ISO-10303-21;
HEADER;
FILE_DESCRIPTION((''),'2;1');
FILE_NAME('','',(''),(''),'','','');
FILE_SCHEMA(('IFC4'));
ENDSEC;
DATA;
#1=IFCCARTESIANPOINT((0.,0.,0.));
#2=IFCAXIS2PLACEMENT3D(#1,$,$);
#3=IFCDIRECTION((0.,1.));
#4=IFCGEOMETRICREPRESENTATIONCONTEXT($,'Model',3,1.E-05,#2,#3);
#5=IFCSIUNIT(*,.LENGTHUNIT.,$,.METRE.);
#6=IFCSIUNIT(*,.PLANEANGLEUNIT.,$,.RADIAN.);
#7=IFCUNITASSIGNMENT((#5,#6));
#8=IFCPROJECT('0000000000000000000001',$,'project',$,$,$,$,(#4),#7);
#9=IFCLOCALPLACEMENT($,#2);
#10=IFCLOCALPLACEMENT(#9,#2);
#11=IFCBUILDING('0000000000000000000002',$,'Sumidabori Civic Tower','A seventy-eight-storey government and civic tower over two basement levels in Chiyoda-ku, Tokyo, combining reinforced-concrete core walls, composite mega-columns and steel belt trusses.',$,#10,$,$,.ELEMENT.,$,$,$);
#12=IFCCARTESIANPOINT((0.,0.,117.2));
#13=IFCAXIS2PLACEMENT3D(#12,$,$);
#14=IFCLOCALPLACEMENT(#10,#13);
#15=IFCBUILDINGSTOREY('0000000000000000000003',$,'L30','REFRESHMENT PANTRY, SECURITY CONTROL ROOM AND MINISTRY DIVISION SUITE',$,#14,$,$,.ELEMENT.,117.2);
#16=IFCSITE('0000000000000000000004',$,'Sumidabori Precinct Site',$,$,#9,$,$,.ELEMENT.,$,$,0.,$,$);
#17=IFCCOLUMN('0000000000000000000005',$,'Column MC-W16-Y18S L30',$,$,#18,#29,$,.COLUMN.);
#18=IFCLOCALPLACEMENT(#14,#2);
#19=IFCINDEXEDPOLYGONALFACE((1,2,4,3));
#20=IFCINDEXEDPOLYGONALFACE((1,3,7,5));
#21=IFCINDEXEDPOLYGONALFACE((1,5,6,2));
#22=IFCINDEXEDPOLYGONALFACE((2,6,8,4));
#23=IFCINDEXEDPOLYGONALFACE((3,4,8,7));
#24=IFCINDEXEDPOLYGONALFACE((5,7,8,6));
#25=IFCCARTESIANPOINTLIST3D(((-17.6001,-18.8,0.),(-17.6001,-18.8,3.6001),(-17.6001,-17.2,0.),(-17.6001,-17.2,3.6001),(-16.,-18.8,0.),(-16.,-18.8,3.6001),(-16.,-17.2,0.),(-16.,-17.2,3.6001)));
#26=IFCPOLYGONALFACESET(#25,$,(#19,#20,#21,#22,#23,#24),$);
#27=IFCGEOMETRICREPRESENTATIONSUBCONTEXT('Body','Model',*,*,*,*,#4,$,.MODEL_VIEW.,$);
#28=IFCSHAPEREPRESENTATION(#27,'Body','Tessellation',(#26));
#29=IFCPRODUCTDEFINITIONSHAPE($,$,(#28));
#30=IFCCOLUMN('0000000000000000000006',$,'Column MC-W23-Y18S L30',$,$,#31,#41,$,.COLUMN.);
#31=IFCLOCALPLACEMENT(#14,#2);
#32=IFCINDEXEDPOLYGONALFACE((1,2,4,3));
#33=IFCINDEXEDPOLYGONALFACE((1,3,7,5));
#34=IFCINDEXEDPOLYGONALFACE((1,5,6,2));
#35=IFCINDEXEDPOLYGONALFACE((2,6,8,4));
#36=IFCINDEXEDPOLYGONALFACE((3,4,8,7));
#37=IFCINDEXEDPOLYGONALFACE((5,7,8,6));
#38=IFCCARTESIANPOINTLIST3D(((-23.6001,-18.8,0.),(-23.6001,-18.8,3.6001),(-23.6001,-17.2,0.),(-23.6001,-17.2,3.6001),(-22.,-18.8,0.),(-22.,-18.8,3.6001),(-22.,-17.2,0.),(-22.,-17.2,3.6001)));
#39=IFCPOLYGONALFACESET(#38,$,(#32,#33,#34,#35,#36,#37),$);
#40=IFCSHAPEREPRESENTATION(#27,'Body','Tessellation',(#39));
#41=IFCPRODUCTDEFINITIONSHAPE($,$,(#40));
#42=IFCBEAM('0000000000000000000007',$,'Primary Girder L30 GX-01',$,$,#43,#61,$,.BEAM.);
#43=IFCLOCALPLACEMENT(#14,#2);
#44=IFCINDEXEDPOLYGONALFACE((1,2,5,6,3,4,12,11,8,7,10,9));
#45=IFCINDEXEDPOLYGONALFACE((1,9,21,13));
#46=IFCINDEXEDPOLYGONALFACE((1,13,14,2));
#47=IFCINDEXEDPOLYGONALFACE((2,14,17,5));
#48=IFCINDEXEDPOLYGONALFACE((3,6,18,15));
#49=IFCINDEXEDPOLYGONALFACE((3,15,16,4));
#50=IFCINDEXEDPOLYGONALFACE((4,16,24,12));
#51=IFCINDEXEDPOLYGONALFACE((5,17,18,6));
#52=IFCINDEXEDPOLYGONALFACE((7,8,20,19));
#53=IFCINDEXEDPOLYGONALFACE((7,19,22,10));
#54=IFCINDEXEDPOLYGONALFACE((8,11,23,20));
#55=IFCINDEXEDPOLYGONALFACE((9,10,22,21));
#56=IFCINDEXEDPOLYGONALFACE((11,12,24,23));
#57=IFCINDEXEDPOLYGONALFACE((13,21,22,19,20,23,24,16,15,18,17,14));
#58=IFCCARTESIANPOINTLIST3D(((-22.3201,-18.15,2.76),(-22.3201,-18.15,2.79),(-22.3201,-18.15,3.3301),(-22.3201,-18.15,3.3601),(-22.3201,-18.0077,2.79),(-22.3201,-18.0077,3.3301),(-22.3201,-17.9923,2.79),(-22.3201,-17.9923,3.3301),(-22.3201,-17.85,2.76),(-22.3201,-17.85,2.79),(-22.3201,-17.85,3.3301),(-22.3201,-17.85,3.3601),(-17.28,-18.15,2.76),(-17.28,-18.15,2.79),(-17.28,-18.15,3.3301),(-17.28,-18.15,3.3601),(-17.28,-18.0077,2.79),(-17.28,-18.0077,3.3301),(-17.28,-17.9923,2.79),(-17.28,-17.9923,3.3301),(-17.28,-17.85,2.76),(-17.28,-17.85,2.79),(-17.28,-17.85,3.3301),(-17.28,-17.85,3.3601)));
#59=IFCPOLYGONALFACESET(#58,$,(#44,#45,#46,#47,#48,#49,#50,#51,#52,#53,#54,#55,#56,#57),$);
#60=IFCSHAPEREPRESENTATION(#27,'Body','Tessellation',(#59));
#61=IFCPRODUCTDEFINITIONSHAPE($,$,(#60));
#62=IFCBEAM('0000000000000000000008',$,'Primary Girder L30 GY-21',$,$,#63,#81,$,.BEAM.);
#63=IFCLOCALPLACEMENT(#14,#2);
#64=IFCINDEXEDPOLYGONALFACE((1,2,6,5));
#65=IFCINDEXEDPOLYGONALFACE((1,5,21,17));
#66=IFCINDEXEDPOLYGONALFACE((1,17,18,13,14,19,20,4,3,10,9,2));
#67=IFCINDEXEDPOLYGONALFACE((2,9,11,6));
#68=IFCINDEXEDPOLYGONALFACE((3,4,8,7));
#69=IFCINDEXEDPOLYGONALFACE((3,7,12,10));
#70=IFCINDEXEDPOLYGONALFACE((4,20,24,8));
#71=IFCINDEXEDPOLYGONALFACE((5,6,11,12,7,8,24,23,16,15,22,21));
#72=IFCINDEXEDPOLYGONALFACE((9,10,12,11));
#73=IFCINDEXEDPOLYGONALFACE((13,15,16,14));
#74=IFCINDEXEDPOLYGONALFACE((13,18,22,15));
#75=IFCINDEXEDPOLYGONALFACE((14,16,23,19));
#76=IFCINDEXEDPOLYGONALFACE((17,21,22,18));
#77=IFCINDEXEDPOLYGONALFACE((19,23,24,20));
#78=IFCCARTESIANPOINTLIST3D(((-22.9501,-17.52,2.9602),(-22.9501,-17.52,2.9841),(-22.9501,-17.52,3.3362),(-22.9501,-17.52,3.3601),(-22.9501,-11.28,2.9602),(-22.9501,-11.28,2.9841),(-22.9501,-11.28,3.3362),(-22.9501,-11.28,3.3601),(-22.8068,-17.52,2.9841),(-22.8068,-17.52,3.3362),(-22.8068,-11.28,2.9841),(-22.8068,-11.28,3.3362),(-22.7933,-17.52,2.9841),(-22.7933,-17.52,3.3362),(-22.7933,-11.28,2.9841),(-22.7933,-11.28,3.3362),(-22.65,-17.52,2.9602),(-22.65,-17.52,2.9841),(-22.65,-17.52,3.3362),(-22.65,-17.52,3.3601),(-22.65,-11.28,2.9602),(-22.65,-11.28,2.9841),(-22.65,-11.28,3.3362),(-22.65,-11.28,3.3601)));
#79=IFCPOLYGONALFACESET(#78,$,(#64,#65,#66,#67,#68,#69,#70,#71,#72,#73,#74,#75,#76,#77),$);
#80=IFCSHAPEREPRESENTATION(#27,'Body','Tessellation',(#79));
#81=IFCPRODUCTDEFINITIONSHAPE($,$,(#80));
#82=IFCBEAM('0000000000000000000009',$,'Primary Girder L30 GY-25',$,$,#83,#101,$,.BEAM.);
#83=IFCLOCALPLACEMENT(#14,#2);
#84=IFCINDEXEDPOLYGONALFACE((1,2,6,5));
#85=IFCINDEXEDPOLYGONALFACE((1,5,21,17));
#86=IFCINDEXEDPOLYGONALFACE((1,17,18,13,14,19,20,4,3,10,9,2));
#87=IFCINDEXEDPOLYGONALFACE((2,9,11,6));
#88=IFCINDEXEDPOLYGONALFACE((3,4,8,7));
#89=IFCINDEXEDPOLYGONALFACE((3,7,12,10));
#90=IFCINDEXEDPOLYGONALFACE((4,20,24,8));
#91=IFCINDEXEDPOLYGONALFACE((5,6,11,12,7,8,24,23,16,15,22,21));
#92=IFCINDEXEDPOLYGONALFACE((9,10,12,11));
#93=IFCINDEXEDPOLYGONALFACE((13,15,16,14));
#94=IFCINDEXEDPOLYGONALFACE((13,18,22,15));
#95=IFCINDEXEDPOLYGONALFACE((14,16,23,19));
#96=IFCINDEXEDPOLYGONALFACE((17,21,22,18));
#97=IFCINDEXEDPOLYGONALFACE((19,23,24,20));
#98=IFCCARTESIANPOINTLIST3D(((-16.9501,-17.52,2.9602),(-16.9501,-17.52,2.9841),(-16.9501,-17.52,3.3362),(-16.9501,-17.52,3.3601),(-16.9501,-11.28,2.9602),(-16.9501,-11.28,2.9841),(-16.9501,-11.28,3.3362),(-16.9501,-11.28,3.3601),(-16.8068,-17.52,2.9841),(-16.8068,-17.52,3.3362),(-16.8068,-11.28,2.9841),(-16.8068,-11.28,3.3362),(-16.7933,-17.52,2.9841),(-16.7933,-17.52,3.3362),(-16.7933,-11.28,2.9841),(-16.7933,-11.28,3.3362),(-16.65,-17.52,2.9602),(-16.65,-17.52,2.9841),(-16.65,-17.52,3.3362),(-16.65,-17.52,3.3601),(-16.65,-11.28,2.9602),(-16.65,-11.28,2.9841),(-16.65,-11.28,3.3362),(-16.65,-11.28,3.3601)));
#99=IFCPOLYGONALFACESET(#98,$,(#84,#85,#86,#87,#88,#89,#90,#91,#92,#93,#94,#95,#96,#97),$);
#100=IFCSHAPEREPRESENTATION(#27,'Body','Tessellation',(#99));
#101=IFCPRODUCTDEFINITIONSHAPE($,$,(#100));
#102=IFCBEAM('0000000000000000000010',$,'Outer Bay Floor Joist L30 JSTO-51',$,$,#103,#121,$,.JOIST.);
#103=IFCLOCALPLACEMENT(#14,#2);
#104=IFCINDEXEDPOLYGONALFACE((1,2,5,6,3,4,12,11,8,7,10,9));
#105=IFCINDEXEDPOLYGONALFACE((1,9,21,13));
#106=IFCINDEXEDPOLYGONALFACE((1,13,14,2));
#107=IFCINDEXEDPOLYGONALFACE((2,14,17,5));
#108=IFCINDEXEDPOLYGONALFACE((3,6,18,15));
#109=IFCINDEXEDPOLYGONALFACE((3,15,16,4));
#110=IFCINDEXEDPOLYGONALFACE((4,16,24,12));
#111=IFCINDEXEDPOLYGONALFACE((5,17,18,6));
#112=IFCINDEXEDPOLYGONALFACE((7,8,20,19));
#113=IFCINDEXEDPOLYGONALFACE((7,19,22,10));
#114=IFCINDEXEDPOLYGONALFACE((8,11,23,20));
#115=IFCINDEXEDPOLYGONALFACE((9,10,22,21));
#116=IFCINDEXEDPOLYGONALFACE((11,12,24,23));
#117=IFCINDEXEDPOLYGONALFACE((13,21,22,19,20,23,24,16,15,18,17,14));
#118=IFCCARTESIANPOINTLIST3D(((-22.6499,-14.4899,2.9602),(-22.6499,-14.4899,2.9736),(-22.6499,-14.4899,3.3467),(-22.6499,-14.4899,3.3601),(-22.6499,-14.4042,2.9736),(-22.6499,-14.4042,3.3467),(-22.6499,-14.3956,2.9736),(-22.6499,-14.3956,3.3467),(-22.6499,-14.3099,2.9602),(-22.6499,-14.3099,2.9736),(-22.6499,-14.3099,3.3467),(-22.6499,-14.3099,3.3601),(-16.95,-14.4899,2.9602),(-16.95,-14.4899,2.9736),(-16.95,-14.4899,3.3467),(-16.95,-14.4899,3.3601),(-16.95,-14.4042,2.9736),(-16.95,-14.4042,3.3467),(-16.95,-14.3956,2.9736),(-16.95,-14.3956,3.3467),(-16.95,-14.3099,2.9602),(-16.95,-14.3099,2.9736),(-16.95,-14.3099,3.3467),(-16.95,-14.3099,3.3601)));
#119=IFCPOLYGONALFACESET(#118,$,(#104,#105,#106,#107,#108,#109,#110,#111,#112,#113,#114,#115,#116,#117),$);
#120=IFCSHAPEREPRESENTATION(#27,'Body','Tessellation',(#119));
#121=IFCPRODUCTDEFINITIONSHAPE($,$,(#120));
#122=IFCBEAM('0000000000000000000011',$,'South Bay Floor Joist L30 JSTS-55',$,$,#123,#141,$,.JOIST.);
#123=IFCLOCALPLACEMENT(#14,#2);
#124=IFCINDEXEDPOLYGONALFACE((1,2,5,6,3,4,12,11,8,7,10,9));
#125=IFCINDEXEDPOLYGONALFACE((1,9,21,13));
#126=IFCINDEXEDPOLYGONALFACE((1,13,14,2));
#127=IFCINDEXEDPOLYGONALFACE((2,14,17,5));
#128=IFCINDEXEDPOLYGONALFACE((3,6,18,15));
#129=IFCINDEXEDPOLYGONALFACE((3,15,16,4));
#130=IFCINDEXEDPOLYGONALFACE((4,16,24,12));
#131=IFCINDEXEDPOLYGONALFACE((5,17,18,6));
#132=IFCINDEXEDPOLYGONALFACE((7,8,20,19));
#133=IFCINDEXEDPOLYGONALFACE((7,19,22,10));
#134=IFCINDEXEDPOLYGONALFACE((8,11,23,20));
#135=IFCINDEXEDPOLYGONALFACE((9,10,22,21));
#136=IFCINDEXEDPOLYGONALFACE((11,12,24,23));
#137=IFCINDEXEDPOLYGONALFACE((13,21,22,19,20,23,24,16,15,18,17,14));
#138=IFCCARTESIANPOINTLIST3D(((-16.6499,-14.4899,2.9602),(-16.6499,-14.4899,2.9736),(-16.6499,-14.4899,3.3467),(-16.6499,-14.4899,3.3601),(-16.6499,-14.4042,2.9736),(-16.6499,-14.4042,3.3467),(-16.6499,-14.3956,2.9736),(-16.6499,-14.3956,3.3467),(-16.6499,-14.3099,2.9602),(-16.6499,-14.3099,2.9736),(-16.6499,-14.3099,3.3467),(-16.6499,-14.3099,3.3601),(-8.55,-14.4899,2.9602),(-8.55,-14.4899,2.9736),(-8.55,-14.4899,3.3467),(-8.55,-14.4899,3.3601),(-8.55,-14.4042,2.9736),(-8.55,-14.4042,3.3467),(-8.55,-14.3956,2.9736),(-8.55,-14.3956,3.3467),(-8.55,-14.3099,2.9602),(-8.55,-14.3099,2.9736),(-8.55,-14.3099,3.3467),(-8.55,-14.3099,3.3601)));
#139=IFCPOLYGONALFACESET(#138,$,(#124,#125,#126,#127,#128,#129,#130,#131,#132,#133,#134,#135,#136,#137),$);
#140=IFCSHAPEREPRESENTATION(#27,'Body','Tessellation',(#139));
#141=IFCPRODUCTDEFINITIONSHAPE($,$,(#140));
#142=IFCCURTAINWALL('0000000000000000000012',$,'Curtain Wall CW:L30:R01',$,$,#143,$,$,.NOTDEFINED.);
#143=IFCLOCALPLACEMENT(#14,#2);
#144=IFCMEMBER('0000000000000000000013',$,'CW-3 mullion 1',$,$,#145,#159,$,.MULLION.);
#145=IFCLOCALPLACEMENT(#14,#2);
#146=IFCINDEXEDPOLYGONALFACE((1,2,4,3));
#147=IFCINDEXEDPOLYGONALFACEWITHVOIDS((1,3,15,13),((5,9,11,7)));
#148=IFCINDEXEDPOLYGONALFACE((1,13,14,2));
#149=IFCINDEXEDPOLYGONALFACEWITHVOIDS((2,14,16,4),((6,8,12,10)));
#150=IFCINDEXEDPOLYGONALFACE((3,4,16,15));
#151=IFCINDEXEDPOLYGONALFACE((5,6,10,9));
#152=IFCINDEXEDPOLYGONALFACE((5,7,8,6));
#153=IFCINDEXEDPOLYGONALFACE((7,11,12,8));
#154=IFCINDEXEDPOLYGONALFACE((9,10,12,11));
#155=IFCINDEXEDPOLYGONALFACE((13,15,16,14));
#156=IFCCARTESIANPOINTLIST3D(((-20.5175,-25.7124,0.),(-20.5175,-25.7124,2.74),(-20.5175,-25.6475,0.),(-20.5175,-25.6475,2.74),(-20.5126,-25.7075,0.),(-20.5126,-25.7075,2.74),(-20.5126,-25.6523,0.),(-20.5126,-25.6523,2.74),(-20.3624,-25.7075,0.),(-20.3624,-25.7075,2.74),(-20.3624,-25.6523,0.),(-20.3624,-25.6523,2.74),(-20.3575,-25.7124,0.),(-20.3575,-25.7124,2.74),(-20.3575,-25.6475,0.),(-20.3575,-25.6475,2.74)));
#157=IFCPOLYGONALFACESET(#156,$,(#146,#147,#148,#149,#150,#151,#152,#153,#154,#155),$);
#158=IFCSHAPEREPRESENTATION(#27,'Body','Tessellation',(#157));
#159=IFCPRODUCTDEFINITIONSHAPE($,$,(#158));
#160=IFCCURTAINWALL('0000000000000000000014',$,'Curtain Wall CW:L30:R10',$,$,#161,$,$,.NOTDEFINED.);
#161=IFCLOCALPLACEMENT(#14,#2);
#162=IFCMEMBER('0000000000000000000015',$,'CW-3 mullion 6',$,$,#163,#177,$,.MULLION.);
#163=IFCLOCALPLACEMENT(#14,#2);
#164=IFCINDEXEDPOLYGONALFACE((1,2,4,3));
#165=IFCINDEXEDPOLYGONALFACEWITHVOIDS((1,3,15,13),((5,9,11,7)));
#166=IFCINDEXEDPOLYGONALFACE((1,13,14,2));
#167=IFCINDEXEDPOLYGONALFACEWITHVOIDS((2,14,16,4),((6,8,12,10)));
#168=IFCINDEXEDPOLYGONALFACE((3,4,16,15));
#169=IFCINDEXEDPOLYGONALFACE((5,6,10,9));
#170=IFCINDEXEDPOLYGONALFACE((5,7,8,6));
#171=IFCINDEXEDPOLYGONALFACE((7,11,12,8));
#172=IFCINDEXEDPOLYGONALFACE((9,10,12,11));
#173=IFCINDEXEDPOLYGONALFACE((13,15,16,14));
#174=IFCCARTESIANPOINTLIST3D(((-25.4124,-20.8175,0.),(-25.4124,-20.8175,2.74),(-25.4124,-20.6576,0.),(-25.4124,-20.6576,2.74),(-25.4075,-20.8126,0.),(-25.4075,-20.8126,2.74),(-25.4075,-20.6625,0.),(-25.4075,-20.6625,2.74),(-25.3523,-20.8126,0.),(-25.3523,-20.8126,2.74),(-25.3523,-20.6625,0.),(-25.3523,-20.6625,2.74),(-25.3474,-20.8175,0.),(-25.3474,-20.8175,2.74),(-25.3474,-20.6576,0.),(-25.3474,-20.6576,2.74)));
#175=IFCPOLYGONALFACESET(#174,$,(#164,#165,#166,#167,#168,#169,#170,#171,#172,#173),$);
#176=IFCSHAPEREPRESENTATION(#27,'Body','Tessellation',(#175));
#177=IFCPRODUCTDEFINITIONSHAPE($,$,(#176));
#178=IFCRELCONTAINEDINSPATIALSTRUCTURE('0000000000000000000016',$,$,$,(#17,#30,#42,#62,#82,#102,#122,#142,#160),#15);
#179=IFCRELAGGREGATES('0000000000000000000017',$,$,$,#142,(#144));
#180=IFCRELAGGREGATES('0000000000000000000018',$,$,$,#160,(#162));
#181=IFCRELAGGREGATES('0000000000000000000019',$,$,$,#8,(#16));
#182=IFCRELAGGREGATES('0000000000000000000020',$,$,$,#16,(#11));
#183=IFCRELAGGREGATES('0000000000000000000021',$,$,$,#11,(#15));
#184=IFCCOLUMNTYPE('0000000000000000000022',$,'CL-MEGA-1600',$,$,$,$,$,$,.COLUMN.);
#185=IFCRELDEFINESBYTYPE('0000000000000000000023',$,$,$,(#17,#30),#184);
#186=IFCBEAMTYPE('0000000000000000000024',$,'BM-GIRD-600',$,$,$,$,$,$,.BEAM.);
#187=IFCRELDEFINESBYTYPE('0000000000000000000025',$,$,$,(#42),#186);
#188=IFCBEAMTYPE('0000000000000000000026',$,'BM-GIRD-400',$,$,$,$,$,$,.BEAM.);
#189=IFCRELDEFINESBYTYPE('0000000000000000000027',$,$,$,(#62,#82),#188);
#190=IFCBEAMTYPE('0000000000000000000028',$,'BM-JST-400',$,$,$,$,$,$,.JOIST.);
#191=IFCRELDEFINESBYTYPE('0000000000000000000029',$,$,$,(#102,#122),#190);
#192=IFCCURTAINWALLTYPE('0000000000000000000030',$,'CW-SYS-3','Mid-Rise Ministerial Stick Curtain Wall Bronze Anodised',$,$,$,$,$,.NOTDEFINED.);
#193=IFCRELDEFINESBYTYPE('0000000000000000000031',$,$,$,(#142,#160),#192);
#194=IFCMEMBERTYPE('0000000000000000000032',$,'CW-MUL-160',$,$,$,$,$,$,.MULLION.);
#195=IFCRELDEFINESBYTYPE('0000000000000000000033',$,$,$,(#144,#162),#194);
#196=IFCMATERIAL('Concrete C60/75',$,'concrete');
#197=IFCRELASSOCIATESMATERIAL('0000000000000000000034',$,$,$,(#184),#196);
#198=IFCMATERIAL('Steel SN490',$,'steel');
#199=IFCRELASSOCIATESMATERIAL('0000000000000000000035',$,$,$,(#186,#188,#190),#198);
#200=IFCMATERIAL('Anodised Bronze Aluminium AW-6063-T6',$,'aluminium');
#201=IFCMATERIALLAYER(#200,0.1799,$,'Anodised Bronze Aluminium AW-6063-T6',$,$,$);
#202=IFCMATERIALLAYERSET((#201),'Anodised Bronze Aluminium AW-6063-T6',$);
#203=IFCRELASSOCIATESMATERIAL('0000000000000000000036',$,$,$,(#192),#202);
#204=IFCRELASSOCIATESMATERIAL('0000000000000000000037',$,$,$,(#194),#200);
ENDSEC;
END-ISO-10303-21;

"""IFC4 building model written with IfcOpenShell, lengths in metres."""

from ifc_helpers import new_model, si_unit, direction, frame, origin, origin_2d, place, context, subcontext, project, spatial, rectangle, hollow_rectangle, i_section, extrude, source, transform, mapped, material, layer, layer_set, material_profile, profile_set, type_object, element, aggregate, save


model = new_model("IFC4")

# Units and contexts
model_context = context("Model", 3, precision=1e-05, world=origin(), true_north=direction((0.0, 1.0)))
body_context = subcontext(model_context, "Body", "Model", "MODEL_VIEW")
ifc_project = project(units=[si_unit("LENGTHUNIT", "METRE"), si_unit("PLANEANGLEUNIT", "RADIAN")], contexts=[model_context])

# Site, building, storey
site_placement = place(None, origin())
site = spatial("IfcSite", under=ifc_project, at=site_placement, Name="Sumidabori Precinct Site", CompositionType="ELEMENT", RefElevation=0.0)
building_placement = place(site_placement, origin())
building = spatial("IfcBuilding", under=site, at=building_placement, Name="Sumidabori Civic Tower", Description="A seventy-eight-storey government and civic tower over two basement levels in Chiyoda-ku, Tokyo, combining reinforced-concrete core walls, composite mega-columns and steel belt trusses.", CompositionType="ELEMENT")
storey_placement = place(building_placement, frame((0.0, 0.0, 117.2)))
storey = spatial("IfcBuildingStorey", under=building, at=storey_placement, Name="L30", Description="REFRESHMENT PANTRY, SECURITY CONTROL ROOM AND MINISTRY DIVISION SUITE", CompositionType="ELEMENT", Elevation=117.2)

# Columns
ifc_material_1 = material(Name="Concrete C60/75", Category="concrete")
ifc_material_profile_1 = material_profile(ifc_material_1, rectangle(XDim=1.6001, YDim=1.6001, at=origin_2d()), Name="RC 1600x1600")
ifc_profile_set_1 = profile_set([ifc_material_profile_1], Name="Concrete C60/75")
column_type = type_object("IfcColumnType", Name="CL-MEGA-1600", PredefinedType="COLUMN", material=ifc_profile_set_1)
shared_shape_1 = source(origin(), body_context, "Body", "SweptSolid", [
    extrude(rectangle(XDim=1.6001, YDim=1.6001, at=origin_2d()), origin(), (0.0, 0.0, 1.0), 3.6001),
])
for number, where, z_axis, x_axis, name in (
    (1, (-16.8, -18.0, 0.0), (0.0, 0.0, 1.0), (1.0, 0.0, 0.0), "Column MC-W16-Y18S L30"),
    (2, (-22.8, -18.0, 0.0), (0.0, 0.0, 1.0), (1.0, 0.0, 0.0), "Column MC-W23-Y18S L30"),
):
    element("IfcColumn", number, at=place(storey_placement, frame(where, z_axis=z_axis, x_axis=x_axis)), inside=storey, type_object=column_type, Name=name, PredefinedType="COLUMN", context=body_context, shape_type="MappedRepresentation", body=[
        mapped(shared_shape_1, transform((0.0, 0.0, 0.0), x_axis=(1.0, 0.0, 0.0), y_axis=(0.0, 1.0, 0.0), z_axis=(0.0, 0.0, 1.0), scale=1.0)),
    ])

# Beams
ifc_material_2 = material(Name="Steel SN490", Category="steel")
ifc_material_profile_2 = material_profile(ifc_material_2, i_section(OverallWidth=0.3, OverallDepth=0.6001, WebThickness=0.0154, FlangeThickness=0.03, at=origin_2d()), Name="HE 600 B")
ifc_profile_set_2 = profile_set([ifc_material_profile_2], Name="Steel SN490")
beam_type_1 = type_object("IfcBeamType", Name="BM-GIRD-600", PredefinedType="BEAM", material=ifc_profile_set_2)
shared_shape_2 = source(origin(), body_context, "Body", "SweptSolid", [
    extrude(i_section(OverallWidth=0.3, OverallDepth=0.6001, WebThickness=0.0154, FlangeThickness=0.03, at=origin_2d()), origin(), (0.0, 0.0, 1.0), 5.04),
])
beam_1_placement = place(storey_placement, frame((-22.3201, -18.0, 3.0601), z_axis=(1.0, 0.0, 0.0), x_axis=(0.0, 1.0, 0.0)))
element("IfcBeam", 3, at=beam_1_placement, inside=storey, type_object=beam_type_1, Name="Primary Girder L30 GX-01", PredefinedType="BEAM", context=body_context, shape_type="MappedRepresentation", body=[
    mapped(shared_shape_2, transform((0.0, 0.0, 0.0), x_axis=(1.0, 0.0, 0.0), y_axis=(0.0, 1.0, 0.0), z_axis=(0.0, 0.0, 1.0), scale=1.0)),
])
ifc_material_profile_3 = material_profile(ifc_material_2, i_section(OverallWidth=0.3, OverallDepth=0.3999, WebThickness=0.0134, FlangeThickness=0.0239, at=origin_2d()), Name="HE 400 B")
ifc_profile_set_3 = profile_set([ifc_material_profile_3], Name="Steel SN490")
beam_type_2 = type_object("IfcBeamType", Name="BM-GIRD-400", PredefinedType="BEAM", material=ifc_profile_set_3)
shared_shape_3 = source(origin(), body_context, "Body", "SweptSolid", [
    extrude(i_section(OverallWidth=0.3, OverallDepth=0.3999, WebThickness=0.0134, FlangeThickness=0.0239, at=origin_2d()), origin(), (0.0, 0.0, 1.0), 6.24),
])
for number, where, z_axis, x_axis, name in (
    (4, (-22.8, -17.52, 3.1602), (0.0, 1.0, 0.0), (-1.0, 0.0, 0.0), "Primary Girder L30 GY-21"),
    (5, (-16.8, -17.52, 3.1602), (0.0, 1.0, 0.0), (-1.0, 0.0, 0.0), "Primary Girder L30 GY-25"),
):
    element("IfcBeam", number, at=place(storey_placement, frame(where, z_axis=z_axis, x_axis=x_axis)), inside=storey, type_object=beam_type_2, Name=name, PredefinedType="BEAM", context=body_context, shape_type="MappedRepresentation", body=[
        mapped(shared_shape_3, transform((0.0, 0.0, 0.0), x_axis=(1.0, 0.0, 0.0), y_axis=(0.0, 1.0, 0.0), z_axis=(0.0, 0.0, 1.0), scale=1.0)),
    ])
ifc_material_profile_4 = material_profile(ifc_material_2, i_section(OverallWidth=0.1799, OverallDepth=0.3999, WebThickness=0.0085, FlangeThickness=0.0134, at=origin_2d()), Name="IPE 400")
ifc_profile_set_4 = profile_set([ifc_material_profile_4], Name="Steel SN490")
beam_type_3 = type_object("IfcBeamType", Name="BM-JST-400", PredefinedType="JOIST", material=ifc_profile_set_4)
shared_shape_4 = source(origin(), body_context, "Body", "SweptSolid", [
    extrude(i_section(OverallWidth=0.1799, OverallDepth=0.3999, WebThickness=0.0085, FlangeThickness=0.0134, at=origin_2d()), origin(), (0.0, 0.0, 1.0), 5.7),
])
beam_2_placement = place(storey_placement, frame((-22.6499, -14.3999, 3.1602), z_axis=(1.0, 0.0, 0.0), x_axis=(0.0, 1.0, 0.0)))
element("IfcBeam", 6, at=beam_2_placement, inside=storey, type_object=beam_type_3, Name="Outer Bay Floor Joist L30 JSTO-51", PredefinedType="JOIST", context=body_context, shape_type="MappedRepresentation", body=[
    mapped(shared_shape_4, transform((0.0, 0.0, 0.0), x_axis=(1.0, 0.0, 0.0), y_axis=(0.0, 1.0, 0.0), z_axis=(0.0, 0.0, 1.0), scale=1.0)),
])
shared_shape_5 = source(origin(), body_context, "Body", "SweptSolid", [
    extrude(i_section(OverallWidth=0.1799, OverallDepth=0.3999, WebThickness=0.0085, FlangeThickness=0.0134, at=origin_2d()), origin(), (0.0, 0.0, 1.0), 8.0999),
])
beam_3_placement = place(storey_placement, frame((-16.6499, -14.3999, 3.1602), z_axis=(1.0, 0.0, 0.0), x_axis=(0.0, 1.0, 0.0)))
element("IfcBeam", 7, at=beam_3_placement, inside=storey, type_object=beam_type_3, Name="South Bay Floor Joist L30 JSTS-55", PredefinedType="JOIST", context=body_context, shape_type="MappedRepresentation", body=[
    mapped(shared_shape_5, transform((0.0, 0.0, 0.0), x_axis=(1.0, 0.0, 0.0), y_axis=(0.0, 1.0, 0.0), z_axis=(0.0, 0.0, 1.0), scale=1.0)),
])

# Curtain walls, members
ifc_material_3 = material(Name="Anodised Bronze Aluminium AW-6063-T6", Category="aluminium")
ifc_layer_1 = layer(ifc_material_3, 0.1799, Name="Anodised Bronze Aluminium AW-6063-T6")
ifc_layer_set_1 = layer_set([ifc_layer_1], Name="Anodised Bronze Aluminium AW-6063-T6")
curtain_wall_type = type_object("IfcCurtainWallType", Name="CW-SYS-3", Description="Mid-Rise Ministerial Stick Curtain Wall Bronze Anodised", PredefinedType="NOTDEFINED", material=ifc_layer_set_1)
curtain_wall_1_placement = place(storey_placement, origin())
curtain_wall_1 = element("IfcCurtainWall", 8, at=curtain_wall_1_placement, inside=storey, type_object=curtain_wall_type, Name="Curtain Wall CW:L30:R01", PredefinedType="NOTDEFINED")
ifc_material_profile_5 = material_profile(ifc_material_3, hollow_rectangle(XDim=0.0649, YDim=0.1599, WallThickness=0.0049, at=origin_2d()), Name="ALU MULLION 160x65")
ifc_profile_set_5 = profile_set([ifc_material_profile_5], Name="Anodised Bronze Aluminium AW-6063-T6")
member_type_1 = type_object("IfcMemberType", Name="CW-MUL-160", PredefinedType="MULLION", material=ifc_profile_set_5)
shared_shape_6 = source(origin(), body_context, "Body", "SweptSolid", [
    extrude(hollow_rectangle(XDim=0.0649, YDim=0.1599, WallThickness=0.0049, at=origin_2d()), origin(), (0.0, 0.0, 1.0), 2.74),
])
member_1_placement = place(storey_placement, frame((-20.4375, -25.6799, 0.0), z_axis=(0.0, 0.0, 1.0), x_axis=(0.0, 1.0, 0.0)))
member_1 = element("IfcMember", 9, at=member_1_placement, type_object=member_type_1, Name="CW-3 mullion 1", PredefinedType="MULLION", context=body_context, shape_type="MappedRepresentation", body=[
    mapped(shared_shape_6, transform((0.0, 0.0, 0.0), x_axis=(1.0, 0.0, 0.0), y_axis=(0.0, 1.0, 0.0), z_axis=(0.0, 0.0, 1.0), scale=1.0)),
])
curtain_wall_2_placement = place(storey_placement, origin())
curtain_wall_2 = element("IfcCurtainWall", 10, at=curtain_wall_2_placement, inside=storey, type_object=curtain_wall_type, Name="Curtain Wall CW:L30:R10", PredefinedType="NOTDEFINED")
member_2_placement = place(storey_placement, frame((-25.3799, -20.7375, 0.0), z_axis=(0.0, 0.0, 1.0), x_axis=(1.0, 0.0, 0.0)))
member_2 = element("IfcMember", 11, at=member_2_placement, type_object=member_type_1, Name="CW-3 mullion 6", PredefinedType="MULLION", context=body_context, shape_type="MappedRepresentation", body=[
    mapped(shared_shape_6, transform((0.0, 0.0, 0.0), x_axis=(1.0, 0.0, 0.0), y_axis=(0.0, 1.0, 0.0), z_axis=(0.0, 0.0, 1.0), scale=1.0)),
])

aggregate(curtain_wall_1, [member_1])
aggregate(curtain_wall_2, [member_2])

save(model, "model.ifc")
